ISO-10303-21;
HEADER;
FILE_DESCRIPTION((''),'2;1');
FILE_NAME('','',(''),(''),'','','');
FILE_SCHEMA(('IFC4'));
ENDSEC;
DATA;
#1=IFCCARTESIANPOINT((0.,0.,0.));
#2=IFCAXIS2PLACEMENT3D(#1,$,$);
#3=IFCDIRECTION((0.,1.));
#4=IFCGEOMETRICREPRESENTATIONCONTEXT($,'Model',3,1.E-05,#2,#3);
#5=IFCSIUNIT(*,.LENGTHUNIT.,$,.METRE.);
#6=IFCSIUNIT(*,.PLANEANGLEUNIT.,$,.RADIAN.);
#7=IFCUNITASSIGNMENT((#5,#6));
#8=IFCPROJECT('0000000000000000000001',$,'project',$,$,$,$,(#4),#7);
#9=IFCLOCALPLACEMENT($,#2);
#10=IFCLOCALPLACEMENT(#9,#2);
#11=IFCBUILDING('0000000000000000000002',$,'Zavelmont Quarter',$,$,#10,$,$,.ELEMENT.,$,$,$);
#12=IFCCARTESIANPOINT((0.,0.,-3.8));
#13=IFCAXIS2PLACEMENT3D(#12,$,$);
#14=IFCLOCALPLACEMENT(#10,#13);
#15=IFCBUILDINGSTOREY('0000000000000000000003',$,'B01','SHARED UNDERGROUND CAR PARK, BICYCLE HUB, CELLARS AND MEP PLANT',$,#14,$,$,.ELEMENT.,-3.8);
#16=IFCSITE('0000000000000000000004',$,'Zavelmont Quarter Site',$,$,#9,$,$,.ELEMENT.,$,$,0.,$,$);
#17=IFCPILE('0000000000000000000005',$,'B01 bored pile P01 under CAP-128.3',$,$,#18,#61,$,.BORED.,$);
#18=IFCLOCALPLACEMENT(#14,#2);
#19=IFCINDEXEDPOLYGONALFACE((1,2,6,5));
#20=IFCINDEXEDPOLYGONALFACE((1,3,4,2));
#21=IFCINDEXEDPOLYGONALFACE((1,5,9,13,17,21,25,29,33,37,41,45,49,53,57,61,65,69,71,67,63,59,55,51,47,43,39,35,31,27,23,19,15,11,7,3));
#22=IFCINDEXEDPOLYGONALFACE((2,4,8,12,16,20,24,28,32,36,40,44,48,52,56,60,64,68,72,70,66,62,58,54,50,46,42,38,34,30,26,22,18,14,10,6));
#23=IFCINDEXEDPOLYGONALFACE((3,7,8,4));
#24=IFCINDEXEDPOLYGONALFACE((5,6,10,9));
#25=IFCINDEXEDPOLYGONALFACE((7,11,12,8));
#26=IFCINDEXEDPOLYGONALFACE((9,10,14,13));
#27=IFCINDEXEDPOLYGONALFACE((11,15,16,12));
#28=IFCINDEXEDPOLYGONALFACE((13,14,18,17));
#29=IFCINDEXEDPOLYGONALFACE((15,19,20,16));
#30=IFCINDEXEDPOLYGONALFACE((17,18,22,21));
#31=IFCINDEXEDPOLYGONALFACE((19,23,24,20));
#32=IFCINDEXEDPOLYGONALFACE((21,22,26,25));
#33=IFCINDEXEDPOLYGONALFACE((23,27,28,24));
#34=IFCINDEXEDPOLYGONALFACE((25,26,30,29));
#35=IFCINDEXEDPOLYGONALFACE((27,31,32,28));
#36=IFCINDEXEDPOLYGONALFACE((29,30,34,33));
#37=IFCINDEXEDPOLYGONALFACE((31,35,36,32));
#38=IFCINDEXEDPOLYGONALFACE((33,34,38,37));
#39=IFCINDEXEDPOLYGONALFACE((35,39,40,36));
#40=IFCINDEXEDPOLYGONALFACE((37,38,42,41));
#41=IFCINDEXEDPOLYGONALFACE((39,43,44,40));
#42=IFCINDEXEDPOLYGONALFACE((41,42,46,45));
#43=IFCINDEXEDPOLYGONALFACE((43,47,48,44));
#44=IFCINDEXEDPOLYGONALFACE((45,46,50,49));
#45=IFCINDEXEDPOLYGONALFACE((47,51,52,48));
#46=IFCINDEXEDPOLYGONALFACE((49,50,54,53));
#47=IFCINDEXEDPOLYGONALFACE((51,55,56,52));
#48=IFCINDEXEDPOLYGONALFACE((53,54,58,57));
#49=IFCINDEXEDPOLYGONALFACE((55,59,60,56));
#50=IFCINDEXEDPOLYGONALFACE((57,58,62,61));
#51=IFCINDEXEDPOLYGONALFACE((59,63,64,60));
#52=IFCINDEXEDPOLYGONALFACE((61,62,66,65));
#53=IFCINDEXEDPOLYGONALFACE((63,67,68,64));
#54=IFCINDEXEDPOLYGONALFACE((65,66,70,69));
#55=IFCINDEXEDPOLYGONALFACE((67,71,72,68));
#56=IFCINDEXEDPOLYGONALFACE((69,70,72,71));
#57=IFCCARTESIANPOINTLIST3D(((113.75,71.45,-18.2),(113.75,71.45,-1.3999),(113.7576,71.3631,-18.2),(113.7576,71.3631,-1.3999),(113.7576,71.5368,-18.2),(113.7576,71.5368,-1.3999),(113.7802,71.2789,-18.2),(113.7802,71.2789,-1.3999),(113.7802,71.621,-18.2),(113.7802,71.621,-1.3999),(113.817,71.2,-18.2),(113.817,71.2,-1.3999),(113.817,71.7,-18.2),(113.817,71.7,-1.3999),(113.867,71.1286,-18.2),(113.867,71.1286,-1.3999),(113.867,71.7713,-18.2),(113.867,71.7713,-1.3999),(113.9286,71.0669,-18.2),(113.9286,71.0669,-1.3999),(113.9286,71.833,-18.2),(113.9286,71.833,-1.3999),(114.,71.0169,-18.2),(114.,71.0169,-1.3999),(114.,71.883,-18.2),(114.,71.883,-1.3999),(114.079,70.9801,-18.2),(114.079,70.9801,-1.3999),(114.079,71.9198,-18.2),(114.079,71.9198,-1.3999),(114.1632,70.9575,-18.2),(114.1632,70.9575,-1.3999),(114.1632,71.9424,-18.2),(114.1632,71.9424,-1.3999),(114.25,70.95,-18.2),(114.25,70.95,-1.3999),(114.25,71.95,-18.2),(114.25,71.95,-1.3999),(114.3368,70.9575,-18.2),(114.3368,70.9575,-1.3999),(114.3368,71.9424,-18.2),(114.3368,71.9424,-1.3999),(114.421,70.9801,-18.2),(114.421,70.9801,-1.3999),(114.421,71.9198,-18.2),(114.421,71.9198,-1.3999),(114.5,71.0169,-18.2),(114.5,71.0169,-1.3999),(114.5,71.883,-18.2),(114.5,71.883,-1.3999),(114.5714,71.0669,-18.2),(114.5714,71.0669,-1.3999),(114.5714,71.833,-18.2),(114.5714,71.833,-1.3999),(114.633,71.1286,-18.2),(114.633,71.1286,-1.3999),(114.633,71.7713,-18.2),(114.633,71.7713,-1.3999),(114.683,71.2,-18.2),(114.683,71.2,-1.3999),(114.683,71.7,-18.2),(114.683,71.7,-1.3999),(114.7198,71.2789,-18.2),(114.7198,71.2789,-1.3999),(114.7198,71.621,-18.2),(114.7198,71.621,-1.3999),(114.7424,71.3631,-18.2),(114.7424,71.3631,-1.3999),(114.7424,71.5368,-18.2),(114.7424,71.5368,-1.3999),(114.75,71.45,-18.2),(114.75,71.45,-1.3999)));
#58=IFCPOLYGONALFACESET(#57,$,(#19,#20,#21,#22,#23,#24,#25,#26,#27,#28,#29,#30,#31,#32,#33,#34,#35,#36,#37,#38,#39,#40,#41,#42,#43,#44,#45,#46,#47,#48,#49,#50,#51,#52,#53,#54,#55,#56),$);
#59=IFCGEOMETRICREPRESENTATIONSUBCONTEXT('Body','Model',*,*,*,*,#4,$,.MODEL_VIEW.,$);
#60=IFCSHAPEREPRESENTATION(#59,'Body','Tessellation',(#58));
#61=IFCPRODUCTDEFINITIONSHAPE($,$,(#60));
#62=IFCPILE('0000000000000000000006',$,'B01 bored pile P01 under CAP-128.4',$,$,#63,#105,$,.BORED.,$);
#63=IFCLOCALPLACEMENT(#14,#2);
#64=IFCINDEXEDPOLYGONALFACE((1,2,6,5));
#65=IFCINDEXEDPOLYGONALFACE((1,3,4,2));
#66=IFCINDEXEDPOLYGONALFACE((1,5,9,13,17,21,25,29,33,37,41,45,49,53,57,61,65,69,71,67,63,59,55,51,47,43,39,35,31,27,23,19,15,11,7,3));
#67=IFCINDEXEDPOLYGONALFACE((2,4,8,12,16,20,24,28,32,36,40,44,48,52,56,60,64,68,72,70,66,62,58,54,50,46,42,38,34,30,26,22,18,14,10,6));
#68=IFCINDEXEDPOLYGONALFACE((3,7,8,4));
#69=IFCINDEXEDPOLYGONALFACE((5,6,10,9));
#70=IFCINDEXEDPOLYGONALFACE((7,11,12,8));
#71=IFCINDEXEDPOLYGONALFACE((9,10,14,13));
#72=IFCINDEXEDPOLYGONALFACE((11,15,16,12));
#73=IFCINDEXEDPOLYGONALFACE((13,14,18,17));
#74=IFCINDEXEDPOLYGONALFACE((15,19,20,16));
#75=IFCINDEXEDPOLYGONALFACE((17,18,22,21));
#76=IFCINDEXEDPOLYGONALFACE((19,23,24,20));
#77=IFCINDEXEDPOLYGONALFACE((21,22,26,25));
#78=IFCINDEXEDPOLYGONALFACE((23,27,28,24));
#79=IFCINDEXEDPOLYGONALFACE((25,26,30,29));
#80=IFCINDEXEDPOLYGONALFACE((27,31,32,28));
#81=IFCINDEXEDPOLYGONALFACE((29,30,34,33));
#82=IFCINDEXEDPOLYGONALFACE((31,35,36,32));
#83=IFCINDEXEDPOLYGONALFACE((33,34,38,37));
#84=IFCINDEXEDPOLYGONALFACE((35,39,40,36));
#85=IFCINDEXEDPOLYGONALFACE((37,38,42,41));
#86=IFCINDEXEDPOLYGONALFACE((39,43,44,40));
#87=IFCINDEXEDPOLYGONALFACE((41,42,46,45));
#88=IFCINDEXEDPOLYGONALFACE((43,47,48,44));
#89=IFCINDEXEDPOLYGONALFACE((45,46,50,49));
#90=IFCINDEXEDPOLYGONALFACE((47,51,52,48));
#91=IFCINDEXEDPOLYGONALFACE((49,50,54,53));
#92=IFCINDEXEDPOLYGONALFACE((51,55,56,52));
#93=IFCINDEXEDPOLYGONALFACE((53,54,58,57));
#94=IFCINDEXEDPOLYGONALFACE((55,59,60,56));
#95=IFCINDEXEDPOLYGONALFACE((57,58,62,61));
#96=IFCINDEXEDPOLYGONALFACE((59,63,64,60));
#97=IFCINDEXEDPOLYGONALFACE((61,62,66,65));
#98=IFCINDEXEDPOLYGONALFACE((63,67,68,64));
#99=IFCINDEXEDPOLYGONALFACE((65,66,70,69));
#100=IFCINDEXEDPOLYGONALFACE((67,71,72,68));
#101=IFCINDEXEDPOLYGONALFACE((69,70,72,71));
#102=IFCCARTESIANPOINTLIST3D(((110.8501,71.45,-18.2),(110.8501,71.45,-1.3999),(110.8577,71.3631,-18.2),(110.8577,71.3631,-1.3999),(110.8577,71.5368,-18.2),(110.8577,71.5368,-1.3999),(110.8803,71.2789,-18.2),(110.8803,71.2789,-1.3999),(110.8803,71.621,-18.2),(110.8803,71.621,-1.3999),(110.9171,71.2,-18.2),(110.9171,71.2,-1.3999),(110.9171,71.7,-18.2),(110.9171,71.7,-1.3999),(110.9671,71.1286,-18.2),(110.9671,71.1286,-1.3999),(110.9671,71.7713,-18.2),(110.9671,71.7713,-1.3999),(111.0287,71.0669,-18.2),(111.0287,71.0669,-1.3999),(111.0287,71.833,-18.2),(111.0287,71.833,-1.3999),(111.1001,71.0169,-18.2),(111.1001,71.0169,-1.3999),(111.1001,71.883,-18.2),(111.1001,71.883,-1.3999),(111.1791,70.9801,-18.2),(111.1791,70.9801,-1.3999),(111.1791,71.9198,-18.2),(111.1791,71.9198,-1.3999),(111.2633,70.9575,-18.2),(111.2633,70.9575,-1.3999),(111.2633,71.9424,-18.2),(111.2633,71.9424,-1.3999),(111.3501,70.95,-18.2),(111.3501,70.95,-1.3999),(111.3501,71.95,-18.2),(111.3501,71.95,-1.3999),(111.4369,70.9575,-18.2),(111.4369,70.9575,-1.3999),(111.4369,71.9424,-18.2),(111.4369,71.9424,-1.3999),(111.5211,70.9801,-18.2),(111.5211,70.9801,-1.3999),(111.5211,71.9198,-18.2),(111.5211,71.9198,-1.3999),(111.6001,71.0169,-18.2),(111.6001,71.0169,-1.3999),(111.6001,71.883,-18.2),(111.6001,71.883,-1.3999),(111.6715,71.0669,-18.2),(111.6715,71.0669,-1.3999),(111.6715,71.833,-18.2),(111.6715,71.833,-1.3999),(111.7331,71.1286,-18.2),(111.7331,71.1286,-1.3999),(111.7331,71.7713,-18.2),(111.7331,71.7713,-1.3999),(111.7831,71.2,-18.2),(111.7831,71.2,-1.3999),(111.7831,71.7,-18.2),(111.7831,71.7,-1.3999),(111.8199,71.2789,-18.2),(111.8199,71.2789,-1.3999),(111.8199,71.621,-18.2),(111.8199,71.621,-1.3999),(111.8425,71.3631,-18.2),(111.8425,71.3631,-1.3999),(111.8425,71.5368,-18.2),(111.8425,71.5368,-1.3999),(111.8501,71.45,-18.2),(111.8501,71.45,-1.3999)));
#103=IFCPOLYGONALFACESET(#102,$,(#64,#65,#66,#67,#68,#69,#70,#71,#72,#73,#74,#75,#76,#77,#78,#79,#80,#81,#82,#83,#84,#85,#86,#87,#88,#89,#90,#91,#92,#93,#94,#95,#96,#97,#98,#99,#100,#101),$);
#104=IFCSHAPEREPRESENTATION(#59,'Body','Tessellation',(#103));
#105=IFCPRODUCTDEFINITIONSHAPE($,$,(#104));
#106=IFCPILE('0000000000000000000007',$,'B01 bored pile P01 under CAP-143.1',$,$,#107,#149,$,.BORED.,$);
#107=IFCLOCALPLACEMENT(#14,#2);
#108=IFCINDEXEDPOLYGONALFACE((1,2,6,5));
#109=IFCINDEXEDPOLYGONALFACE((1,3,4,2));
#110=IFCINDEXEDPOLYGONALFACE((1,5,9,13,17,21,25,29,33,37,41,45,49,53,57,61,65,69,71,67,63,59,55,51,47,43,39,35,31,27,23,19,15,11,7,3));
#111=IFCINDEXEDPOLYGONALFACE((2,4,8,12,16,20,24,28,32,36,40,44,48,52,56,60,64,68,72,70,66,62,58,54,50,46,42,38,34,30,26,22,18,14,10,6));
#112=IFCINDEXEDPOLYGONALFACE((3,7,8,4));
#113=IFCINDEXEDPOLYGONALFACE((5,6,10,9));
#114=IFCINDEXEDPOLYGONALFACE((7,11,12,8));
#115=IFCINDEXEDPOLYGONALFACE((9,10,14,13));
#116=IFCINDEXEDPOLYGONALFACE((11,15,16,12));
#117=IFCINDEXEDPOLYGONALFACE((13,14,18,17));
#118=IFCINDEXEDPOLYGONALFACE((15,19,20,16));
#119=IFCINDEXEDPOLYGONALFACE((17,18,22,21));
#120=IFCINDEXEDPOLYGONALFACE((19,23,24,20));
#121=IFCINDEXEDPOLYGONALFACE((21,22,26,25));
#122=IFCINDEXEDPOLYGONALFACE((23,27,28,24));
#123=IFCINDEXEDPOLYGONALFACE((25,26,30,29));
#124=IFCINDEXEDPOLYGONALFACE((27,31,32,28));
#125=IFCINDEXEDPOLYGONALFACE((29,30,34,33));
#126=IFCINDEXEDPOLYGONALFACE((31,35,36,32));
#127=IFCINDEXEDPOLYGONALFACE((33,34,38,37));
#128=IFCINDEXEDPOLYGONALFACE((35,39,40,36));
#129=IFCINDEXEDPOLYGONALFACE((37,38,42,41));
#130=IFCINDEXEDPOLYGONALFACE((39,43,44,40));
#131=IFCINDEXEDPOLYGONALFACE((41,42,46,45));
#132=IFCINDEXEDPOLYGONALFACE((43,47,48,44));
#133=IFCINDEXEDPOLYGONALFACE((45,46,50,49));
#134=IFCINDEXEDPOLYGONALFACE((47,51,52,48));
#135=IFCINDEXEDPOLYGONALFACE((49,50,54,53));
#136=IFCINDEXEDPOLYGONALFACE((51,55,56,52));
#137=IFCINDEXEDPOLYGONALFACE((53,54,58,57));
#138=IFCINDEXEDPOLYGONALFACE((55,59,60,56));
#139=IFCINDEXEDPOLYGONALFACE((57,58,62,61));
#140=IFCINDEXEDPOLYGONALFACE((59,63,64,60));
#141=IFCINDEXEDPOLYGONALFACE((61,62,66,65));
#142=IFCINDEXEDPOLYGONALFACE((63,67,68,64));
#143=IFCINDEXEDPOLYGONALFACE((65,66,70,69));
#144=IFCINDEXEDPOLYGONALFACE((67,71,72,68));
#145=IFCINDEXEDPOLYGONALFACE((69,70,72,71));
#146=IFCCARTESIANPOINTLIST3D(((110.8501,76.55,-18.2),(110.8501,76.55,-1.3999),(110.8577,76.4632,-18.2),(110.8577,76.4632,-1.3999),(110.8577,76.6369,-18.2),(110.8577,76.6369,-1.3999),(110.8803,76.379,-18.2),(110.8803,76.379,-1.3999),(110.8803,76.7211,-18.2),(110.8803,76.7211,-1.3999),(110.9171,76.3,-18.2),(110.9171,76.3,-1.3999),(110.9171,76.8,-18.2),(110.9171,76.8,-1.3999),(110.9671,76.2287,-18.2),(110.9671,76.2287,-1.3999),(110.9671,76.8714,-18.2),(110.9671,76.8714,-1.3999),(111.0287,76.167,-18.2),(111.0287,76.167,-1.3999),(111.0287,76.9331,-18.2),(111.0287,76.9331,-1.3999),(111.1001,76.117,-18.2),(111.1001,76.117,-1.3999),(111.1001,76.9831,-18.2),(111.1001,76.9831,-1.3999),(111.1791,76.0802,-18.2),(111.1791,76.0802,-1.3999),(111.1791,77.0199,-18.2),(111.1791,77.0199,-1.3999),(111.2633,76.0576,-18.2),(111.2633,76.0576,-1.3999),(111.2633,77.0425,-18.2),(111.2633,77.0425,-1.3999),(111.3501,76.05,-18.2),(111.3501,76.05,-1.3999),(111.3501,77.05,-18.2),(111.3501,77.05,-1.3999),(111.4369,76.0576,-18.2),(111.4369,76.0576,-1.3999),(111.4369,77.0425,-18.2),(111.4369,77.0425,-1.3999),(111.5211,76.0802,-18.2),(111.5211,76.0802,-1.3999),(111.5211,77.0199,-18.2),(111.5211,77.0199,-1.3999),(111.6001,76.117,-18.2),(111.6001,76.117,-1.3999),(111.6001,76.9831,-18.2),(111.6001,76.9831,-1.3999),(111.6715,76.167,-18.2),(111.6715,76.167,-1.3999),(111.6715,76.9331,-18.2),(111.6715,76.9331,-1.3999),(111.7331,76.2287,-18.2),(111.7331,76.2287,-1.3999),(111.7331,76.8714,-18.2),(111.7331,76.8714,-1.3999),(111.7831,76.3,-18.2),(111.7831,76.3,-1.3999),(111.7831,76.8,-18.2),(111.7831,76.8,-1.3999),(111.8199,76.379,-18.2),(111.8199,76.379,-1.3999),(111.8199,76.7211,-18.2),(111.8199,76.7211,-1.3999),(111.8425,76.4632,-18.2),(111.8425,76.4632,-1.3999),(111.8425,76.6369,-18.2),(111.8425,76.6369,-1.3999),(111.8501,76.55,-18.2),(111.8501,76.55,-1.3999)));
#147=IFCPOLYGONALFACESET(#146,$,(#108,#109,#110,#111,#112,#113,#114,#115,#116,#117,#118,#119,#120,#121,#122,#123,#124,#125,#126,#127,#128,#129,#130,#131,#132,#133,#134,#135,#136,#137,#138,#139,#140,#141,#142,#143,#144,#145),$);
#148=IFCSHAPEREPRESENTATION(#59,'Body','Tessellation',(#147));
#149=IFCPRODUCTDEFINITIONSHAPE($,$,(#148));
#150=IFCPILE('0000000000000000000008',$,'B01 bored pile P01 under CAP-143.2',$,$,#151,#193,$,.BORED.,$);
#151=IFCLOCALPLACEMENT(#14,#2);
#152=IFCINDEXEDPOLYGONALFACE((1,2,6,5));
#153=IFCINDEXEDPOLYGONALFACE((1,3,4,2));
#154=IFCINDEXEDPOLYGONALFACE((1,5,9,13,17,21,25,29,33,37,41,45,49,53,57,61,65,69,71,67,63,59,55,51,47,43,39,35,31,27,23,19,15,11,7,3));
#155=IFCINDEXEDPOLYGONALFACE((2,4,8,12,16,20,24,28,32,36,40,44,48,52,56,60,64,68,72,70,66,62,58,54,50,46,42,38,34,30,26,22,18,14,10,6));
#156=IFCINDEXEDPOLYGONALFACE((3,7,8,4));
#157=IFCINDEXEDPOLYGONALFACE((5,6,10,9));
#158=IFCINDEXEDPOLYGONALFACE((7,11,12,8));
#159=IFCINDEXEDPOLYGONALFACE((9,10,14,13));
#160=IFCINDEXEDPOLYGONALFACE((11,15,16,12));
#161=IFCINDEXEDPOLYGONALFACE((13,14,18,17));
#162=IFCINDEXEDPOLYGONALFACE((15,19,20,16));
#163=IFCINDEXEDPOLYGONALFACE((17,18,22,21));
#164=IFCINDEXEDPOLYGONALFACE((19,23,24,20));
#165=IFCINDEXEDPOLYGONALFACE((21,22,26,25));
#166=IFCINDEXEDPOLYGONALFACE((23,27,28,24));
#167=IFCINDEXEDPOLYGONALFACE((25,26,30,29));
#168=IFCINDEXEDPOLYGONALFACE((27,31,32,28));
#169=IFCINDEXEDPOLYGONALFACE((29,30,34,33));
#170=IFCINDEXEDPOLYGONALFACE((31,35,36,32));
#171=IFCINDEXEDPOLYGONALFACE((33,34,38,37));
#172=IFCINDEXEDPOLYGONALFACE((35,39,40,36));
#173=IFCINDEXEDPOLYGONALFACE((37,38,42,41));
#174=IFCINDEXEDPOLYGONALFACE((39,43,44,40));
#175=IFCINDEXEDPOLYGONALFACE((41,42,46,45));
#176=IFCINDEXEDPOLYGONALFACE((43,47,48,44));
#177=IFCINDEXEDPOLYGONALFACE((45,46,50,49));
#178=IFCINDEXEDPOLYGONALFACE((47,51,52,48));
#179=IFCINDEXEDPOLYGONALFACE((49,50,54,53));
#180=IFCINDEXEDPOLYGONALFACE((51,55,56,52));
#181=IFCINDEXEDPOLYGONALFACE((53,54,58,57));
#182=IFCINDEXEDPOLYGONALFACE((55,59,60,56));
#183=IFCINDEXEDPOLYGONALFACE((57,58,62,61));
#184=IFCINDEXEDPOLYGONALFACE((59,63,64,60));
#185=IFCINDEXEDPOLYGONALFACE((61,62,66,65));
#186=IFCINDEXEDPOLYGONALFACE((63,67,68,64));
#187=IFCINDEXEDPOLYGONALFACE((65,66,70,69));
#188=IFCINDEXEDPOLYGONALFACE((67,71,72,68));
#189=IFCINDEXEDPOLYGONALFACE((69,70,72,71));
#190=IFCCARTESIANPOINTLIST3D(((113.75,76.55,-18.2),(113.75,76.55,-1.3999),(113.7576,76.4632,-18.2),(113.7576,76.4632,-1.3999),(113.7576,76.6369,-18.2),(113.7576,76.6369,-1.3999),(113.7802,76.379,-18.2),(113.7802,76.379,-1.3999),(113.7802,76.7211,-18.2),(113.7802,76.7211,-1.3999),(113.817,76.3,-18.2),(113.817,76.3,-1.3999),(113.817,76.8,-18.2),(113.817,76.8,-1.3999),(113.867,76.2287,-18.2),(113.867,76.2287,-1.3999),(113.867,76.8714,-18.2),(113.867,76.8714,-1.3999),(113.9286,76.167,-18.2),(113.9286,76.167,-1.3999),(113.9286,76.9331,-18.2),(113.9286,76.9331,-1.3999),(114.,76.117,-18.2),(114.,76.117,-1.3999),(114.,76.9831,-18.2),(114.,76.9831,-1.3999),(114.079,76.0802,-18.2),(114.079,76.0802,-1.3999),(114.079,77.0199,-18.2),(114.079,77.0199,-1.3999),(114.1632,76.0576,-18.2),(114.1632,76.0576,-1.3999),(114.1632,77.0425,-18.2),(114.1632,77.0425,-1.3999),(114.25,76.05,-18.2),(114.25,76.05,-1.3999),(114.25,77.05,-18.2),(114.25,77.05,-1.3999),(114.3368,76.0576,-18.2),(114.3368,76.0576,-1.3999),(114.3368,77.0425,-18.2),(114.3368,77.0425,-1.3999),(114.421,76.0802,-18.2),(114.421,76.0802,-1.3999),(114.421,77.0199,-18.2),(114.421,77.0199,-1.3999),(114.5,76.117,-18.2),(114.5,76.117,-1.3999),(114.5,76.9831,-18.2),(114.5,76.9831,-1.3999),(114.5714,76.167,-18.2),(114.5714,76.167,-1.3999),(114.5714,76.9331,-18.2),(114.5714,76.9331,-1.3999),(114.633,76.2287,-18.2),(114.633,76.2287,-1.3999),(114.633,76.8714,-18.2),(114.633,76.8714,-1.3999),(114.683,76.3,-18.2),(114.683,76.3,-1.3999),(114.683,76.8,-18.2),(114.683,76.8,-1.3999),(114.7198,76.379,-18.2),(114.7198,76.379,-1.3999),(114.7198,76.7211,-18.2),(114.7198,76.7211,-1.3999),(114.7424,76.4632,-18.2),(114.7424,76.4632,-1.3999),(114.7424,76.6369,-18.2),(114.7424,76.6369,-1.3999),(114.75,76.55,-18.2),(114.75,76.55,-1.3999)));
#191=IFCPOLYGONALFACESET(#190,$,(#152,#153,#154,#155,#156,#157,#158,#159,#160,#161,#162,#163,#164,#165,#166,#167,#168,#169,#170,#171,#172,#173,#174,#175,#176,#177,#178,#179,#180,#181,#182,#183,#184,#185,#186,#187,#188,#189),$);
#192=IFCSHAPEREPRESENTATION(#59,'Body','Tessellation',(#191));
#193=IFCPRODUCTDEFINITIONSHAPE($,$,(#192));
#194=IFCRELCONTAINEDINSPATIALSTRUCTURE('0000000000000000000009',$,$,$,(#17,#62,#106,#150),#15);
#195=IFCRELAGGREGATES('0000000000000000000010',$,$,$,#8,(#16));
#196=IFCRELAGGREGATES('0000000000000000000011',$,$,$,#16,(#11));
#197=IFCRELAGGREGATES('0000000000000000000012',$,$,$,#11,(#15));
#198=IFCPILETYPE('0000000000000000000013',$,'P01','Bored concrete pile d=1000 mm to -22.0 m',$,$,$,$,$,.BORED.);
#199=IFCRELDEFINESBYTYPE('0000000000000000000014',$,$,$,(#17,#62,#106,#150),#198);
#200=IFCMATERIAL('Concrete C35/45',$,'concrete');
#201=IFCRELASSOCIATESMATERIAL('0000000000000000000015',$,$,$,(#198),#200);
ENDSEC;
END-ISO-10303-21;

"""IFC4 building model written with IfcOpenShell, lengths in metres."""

from ifc_helpers import new_model, si_unit, direction, frame, origin, origin_2d, place, context, subcontext, project, spatial, circle, extrude, material, material_profile, profile_set, type_object, element, save


model = new_model("IFC4")

# Units and contexts
model_context = context("Model", 3, precision=1e-05, world=origin(), true_north=direction((0.0, 1.0)))
body_context = subcontext(model_context, "Body", "Model", "MODEL_VIEW")
ifc_project = project(units=[si_unit("LENGTHUNIT", "METRE"), si_unit("PLANEANGLEUNIT", "RADIAN")], contexts=[model_context])

# Site, building, storey
site_placement = place(None, origin())
site = spatial("IfcSite", under=ifc_project, at=site_placement, Name="Zavelmont Quarter Site", CompositionType="ELEMENT", RefElevation=0.0)
building_placement = place(site_placement, origin())
building = spatial("IfcBuilding", under=site, at=building_placement, Name="Zavelmont Quarter", CompositionType="ELEMENT")
storey_placement = place(building_placement, frame((0.0, 0.0, -3.8)))
storey = spatial("IfcBuildingStorey", under=building, at=storey_placement, Name="B01", Description="SHARED UNDERGROUND CAR PARK, BICYCLE HUB, CELLARS AND MEP PLANT", CompositionType="ELEMENT", Elevation=-3.8)

# Shared definitions
ifc_material_1 = material(Name="Concrete C35/45", Category="concrete")

# Piles
ifc_material_profile_1 = material_profile(ifc_material_1, circle(Radius=0.5, at=origin_2d()), Name="BP1000")
ifc_profile_set_1 = profile_set([ifc_material_profile_1], Name="Concrete C35/45")
pile_type_1 = type_object("IfcPileType", Name="P01", Description="Bored concrete pile d=1000 mm to -22.0 m", PredefinedType="BORED", material=ifc_profile_set_1)
for number, where, z_axis, x_axis, name in (
    (1, (114.25, 71.45, -1.3999), (0.0, 0.0, -1.0), (1.0, 0.0, 0.0), "B01 bored pile P01 under CAP-128.3"),
    (2, (111.3501, 71.45, -1.3999), (0.0, 0.0, -1.0), (1.0, 0.0, 0.0), "B01 bored pile P01 under CAP-128.4"),
    (3, (111.3501, 76.55, -1.3999), (0.0, 0.0, -1.0), (1.0, 0.0, 0.0), "B01 bored pile P01 under CAP-143.1"),
    (4, (114.25, 76.55, -1.3999), (0.0, 0.0, -1.0), (1.0, 0.0, 0.0), "B01 bored pile P01 under CAP-143.2"),
):
    element("IfcPile", number, at=place(storey_placement, frame(where, z_axis=z_axis, x_axis=x_axis)), inside=storey, type_object=pile_type_1, Name=name, PredefinedType="BORED", context=body_context, shape_type="SweptSolid", body=[
        extrude(circle(Radius=0.5, at=origin_2d()), origin(), (0.0, 0.0, 1.0), 16.8),
    ])

save(model, "model.ifc")
